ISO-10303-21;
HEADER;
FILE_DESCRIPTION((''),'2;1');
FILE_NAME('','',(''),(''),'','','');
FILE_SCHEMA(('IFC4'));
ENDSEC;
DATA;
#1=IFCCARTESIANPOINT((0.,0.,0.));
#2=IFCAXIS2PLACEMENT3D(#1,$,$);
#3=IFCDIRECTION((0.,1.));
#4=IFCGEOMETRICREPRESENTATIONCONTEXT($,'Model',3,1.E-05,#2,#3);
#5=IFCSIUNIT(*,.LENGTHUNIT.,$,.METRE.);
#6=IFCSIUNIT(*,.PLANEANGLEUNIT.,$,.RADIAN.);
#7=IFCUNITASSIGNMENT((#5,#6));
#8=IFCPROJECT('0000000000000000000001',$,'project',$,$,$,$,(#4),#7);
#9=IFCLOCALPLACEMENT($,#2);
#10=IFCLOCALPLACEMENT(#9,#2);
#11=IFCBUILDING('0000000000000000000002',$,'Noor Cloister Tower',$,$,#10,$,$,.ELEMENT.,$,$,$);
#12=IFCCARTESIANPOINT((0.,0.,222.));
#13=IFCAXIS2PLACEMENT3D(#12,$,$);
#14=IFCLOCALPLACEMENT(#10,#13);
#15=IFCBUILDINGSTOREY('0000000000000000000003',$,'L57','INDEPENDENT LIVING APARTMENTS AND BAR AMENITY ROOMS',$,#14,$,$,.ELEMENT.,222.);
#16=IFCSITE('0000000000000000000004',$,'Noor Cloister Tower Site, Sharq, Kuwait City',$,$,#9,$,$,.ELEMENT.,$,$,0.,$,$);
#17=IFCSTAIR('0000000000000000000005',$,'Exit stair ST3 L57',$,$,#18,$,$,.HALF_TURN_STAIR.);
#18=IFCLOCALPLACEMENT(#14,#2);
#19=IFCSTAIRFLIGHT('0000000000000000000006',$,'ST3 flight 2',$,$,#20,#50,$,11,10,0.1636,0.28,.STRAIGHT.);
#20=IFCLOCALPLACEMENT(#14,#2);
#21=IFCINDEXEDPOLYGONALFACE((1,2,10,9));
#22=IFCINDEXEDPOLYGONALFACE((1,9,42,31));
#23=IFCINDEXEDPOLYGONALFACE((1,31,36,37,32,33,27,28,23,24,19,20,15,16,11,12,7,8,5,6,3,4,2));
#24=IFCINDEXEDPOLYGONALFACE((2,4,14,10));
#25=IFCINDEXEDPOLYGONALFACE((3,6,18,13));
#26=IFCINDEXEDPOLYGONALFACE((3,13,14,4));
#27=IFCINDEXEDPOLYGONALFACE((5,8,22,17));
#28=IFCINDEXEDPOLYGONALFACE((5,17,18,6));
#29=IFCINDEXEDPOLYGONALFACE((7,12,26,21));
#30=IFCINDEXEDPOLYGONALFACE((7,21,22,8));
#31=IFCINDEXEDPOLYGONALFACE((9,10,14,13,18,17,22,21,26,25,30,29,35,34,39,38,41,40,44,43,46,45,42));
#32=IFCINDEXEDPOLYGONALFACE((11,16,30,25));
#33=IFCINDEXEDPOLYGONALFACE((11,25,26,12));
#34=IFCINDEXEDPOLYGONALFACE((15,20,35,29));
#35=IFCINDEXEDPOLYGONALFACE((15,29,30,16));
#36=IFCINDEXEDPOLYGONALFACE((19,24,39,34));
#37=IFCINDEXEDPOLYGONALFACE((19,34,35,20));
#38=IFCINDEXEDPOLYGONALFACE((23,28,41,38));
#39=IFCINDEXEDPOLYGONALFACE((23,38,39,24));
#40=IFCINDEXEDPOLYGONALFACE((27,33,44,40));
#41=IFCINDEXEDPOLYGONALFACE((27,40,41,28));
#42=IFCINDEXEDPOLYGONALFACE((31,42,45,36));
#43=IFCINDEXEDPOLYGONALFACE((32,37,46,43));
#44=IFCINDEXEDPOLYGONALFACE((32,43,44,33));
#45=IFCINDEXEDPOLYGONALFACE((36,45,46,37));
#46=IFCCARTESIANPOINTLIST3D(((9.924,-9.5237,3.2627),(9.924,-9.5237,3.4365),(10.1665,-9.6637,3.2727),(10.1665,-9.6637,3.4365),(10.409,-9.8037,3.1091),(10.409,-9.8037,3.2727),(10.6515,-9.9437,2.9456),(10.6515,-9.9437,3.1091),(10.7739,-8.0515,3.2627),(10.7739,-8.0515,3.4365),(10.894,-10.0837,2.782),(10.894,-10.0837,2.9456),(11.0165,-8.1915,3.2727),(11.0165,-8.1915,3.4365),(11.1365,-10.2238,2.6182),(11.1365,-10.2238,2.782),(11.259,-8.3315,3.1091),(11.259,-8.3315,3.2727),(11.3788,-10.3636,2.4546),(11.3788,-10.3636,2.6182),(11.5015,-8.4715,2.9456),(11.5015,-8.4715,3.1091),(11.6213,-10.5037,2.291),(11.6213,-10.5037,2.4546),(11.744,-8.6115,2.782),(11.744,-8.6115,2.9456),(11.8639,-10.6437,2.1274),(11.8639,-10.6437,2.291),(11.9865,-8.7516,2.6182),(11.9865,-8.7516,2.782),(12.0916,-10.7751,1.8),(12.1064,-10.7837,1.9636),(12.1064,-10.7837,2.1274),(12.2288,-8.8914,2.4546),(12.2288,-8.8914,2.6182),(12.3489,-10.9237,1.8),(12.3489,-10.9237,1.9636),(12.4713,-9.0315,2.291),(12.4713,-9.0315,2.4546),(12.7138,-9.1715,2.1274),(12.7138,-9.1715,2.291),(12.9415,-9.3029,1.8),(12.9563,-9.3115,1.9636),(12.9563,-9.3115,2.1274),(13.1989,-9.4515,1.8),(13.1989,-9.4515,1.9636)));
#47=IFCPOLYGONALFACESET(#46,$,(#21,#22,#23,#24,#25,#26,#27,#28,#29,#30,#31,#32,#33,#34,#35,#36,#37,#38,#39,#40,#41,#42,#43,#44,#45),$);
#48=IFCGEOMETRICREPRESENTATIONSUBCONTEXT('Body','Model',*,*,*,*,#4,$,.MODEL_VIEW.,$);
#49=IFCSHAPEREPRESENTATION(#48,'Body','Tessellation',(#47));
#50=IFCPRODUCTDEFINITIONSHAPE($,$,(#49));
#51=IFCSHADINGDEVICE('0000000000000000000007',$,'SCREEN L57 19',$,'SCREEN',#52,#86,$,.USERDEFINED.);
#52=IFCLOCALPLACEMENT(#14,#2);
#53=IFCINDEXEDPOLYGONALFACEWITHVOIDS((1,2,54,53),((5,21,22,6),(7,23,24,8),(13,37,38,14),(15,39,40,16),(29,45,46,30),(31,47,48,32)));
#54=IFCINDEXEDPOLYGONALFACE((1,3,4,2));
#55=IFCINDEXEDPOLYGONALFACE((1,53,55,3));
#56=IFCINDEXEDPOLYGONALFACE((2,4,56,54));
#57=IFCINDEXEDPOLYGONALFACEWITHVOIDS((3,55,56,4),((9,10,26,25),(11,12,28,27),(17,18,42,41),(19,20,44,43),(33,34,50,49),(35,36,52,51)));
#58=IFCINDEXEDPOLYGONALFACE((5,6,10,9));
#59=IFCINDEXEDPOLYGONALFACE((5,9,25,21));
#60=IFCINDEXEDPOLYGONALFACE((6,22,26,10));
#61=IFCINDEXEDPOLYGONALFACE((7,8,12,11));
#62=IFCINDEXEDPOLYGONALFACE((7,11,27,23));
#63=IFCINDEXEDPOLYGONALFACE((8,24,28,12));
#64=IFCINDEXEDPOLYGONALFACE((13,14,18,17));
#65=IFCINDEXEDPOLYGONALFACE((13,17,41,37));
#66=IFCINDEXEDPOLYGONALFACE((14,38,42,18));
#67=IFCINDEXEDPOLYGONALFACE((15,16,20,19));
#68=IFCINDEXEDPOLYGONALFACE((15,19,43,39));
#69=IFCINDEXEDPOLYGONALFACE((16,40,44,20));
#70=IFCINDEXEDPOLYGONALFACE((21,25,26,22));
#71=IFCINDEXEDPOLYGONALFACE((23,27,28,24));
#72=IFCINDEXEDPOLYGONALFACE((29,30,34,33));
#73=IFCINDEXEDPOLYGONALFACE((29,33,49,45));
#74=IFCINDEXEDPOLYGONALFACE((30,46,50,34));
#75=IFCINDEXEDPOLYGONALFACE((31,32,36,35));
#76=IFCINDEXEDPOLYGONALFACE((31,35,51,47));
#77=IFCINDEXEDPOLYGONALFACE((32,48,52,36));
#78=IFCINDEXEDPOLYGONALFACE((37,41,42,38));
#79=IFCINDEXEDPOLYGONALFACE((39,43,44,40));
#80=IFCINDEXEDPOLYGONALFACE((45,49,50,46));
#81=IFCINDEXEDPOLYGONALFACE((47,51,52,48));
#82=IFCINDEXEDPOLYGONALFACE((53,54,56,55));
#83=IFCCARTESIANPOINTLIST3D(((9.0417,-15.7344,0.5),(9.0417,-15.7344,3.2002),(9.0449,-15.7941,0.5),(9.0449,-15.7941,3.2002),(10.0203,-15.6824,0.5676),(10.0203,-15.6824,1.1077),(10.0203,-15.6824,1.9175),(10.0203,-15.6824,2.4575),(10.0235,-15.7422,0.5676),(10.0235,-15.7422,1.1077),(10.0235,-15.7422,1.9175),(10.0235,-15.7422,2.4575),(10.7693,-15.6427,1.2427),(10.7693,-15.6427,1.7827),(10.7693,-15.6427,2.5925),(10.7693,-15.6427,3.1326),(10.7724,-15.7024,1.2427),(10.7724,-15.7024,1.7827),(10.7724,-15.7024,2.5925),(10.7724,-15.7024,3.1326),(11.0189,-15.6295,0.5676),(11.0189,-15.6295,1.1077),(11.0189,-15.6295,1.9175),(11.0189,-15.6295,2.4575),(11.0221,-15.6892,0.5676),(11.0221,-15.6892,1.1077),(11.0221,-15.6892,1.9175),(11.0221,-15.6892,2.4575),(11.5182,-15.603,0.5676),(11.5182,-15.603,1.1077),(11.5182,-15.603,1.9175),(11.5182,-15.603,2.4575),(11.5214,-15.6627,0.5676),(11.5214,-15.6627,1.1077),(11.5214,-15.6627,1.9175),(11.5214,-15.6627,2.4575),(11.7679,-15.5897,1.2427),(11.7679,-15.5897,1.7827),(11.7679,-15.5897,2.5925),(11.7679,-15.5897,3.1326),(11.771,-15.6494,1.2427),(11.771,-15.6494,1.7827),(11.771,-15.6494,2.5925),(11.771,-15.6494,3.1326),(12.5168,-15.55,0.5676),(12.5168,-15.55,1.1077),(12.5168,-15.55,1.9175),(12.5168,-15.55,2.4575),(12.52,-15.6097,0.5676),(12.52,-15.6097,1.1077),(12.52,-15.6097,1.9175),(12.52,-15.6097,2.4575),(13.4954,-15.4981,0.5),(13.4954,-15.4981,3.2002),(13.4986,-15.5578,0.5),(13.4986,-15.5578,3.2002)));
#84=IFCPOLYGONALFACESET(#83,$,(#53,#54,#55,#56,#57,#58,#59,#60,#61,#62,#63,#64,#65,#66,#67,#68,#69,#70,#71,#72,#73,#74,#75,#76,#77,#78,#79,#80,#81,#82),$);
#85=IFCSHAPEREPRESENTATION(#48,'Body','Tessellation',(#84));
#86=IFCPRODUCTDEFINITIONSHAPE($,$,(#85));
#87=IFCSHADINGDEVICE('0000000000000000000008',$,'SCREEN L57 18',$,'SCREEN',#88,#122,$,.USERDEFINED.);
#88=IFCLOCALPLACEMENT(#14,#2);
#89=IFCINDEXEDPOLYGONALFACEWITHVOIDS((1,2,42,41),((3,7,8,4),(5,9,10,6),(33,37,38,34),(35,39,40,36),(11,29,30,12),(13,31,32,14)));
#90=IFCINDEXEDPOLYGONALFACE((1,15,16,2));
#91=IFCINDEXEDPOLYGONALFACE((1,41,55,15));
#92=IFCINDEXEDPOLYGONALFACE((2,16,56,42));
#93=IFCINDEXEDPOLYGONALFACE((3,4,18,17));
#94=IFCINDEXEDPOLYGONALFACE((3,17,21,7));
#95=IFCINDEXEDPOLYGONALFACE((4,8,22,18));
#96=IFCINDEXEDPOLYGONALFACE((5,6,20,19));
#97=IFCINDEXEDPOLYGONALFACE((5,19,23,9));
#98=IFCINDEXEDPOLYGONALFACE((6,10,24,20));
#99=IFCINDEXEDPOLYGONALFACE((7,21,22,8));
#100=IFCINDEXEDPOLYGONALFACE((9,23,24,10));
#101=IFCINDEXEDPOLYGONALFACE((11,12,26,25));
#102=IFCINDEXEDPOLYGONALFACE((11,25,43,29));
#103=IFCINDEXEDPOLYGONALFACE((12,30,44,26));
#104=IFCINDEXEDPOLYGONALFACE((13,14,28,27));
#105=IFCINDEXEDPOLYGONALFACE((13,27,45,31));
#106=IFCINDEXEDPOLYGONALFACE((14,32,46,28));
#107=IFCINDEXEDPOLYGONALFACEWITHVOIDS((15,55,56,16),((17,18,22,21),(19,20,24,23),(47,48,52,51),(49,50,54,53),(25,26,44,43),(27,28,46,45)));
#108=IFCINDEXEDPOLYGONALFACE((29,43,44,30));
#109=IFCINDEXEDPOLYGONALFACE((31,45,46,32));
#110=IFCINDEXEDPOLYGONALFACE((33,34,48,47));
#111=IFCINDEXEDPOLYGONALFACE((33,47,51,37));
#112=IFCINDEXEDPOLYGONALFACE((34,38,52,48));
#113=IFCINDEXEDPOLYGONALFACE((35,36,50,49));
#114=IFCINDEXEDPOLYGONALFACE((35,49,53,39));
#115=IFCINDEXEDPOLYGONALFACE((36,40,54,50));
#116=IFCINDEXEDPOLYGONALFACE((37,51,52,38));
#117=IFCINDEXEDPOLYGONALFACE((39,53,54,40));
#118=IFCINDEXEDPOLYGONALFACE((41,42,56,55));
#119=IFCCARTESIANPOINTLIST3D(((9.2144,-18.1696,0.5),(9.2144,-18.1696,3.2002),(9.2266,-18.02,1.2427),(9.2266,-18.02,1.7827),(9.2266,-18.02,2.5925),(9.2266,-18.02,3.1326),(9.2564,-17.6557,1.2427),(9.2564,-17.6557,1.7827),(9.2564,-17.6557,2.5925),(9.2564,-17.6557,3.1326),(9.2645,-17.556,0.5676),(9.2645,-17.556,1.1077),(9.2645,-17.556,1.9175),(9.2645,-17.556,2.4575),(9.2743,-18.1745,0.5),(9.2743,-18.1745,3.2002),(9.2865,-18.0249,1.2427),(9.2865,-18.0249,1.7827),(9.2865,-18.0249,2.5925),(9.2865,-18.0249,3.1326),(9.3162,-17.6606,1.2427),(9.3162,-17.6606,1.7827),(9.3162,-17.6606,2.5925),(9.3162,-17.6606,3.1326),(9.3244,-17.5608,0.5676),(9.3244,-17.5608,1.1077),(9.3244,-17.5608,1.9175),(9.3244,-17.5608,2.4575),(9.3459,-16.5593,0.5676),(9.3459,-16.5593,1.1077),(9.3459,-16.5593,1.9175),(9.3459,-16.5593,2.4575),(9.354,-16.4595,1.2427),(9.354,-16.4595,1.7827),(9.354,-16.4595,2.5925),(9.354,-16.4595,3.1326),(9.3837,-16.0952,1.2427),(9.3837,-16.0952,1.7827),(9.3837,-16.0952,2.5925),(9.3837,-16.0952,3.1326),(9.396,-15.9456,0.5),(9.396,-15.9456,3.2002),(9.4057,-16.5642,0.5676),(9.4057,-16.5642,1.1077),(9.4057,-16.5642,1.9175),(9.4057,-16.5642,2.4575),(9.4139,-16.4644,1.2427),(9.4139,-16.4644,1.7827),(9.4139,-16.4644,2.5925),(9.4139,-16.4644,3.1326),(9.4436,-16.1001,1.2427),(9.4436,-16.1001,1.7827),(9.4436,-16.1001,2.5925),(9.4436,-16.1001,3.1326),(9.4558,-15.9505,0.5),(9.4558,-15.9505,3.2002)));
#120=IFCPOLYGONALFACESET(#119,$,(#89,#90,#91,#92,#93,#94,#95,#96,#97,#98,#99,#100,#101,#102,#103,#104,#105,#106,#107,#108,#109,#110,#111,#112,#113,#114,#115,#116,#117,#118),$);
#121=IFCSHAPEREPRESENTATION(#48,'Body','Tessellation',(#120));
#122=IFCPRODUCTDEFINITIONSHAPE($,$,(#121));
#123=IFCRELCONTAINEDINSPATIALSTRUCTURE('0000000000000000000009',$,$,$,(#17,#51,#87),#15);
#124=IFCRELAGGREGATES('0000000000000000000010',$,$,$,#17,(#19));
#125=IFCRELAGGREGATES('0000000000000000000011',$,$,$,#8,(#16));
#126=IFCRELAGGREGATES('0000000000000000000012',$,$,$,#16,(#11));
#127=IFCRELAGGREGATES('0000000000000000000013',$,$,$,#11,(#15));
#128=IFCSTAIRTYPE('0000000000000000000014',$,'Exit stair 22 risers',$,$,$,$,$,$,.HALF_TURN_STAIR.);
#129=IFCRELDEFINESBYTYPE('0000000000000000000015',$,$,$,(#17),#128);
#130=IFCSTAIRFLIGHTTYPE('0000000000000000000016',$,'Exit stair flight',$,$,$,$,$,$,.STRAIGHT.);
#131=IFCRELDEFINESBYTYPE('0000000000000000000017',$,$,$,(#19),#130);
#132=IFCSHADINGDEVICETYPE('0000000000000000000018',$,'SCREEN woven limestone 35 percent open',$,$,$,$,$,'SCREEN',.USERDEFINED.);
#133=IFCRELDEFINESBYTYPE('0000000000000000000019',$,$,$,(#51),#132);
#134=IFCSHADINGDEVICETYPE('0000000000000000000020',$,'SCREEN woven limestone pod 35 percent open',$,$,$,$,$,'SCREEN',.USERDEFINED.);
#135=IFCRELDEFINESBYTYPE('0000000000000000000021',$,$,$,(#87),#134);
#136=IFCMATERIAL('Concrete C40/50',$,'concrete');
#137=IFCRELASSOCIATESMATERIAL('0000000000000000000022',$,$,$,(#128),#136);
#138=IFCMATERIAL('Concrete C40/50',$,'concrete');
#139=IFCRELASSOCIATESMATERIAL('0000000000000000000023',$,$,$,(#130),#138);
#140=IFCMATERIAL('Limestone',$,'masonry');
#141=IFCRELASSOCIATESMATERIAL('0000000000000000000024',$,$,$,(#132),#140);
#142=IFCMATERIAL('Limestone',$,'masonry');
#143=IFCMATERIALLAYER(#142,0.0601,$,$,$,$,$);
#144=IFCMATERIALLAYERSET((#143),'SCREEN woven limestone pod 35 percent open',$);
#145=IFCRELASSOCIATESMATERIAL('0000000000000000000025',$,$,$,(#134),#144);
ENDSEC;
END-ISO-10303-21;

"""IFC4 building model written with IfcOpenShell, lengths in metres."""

from ifc_helpers import new_model, si_unit, direction, frame, origin, place, context, subcontext, project, spatial, polyline, outline, extrude, material, layer, layer_set, material_profile, profile_set, type_object, element, aggregate, save


model = new_model("IFC4")

# Units and contexts
model_context = context("Model", 3, precision=1e-05, world=origin(), true_north=direction((0.0, 1.0)))
body_context = subcontext(model_context, "Body", "Model", "MODEL_VIEW")
ifc_project = project(units=[si_unit("LENGTHUNIT", "METRE"), si_unit("PLANEANGLEUNIT", "RADIAN")], contexts=[model_context])

# Site, building, storey
site_placement = place(None, origin())
site = spatial("IfcSite", under=ifc_project, at=site_placement, Name="Noor Cloister Tower Site, Sharq, Kuwait City", CompositionType="ELEMENT", RefElevation=0.0)
building_placement = place(site_placement, origin())
building = spatial("IfcBuilding", under=site, at=building_placement, Name="Noor Cloister Tower", CompositionType="ELEMENT")
storey_placement = place(building_placement, frame((0.0, 0.0, 222.0)))
storey = spatial("IfcBuildingStorey", under=building, at=storey_placement, Name="L57", Description="INDEPENDENT LIVING APARTMENTS AND BAR AMENITY ROOMS", CompositionType="ELEMENT", Elevation=222.0)

# Stair, stair flight
ifc_material_1 = material(Name="Concrete C40/50", Category="concrete")
stair_type = type_object("IfcStairType", Name="Exit stair 22 risers", PredefinedType="HALF_TURN_STAIR", material=ifc_material_1)
stair_placement = place(storey_placement, origin())
stair = element("IfcStair", 1, at=stair_placement, inside=storey, type_object=stair_type, Name="Exit stair ST3 L57", PredefinedType="HALF_TURN_STAIR")
ifc_material_2 = material(Name="Concrete C40/50", Category="concrete")
stair_flight_type = type_object("IfcStairFlightType", Name="Exit stair flight", PredefinedType="STRAIGHT", material=ifc_material_2)
stair_flight_1_placement = place(storey_placement, frame((12.7739, -10.1875, 1.8), z_axis=(0.0, 0.0, 1.0), x_axis=(-0.866025, 0.5, 0.0)))
stair_flight_1 = element("IfcStairFlight", 2, at=stair_flight_1_placement, type_object=stair_flight_type, Name="ST3 flight 2", NumberOfRisers=11, NumberOfTreads=10, PredefinedType="STRAIGHT", RiserHeight=0.1636, TreadLength=0.28, context=body_context, shape_type="SweptSolid", body=[
    extrude(outline(polyline([(0.0, 0.0), (0.0, 0.1636), (0.28, 0.1636), (0.28, 0.3274), (0.5601, 0.3274), (0.5601, 0.491), (0.8401, 0.491), (0.8401, 0.6545), (1.1201, 0.6545), (1.1201, 0.8181), (1.3999, 0.8181), (1.3999, 0.9819), (1.6799, 0.9819), (1.6799, 1.1455), (1.96, 1.1455), (1.96, 1.3091), (2.24, 1.3091), (2.24, 1.4727), (2.52, 1.4727), (2.52, 1.6365), (2.8, 1.6365), (2.8, 1.8), (2.8, 1.4626), (0.2971, 0.0), (0.0, 0.0)])), frame((0.0, 0.8501, 0.0), z_axis=(0.0, -1.0, 0.0), x_axis=(1.0, 0.0, 0.0)), (0.0, 0.0, 1.0), 1.7),
])
aggregate(stair, [stair_flight_1])

# Shading devices
ifc_material_3 = material(Name="Limestone", Category="masonry")
ifc_material_profile_1 = material_profile(ifc_material_3, outline(polyline([(-2.23, -1.3501), (2.23, -1.3501), (2.23, 1.3501), (-2.23, 1.3501), (-2.23, -1.3501)]), holes=[polyline([(-1.25, -1.2825), (-0.25, -1.2825), (-0.25, -0.7424), (-1.25, -0.7424), (-1.25, -1.2825)]), polyline([(0.25, -1.2825), (1.25, -1.2825), (1.25, -0.7424), (0.25, -0.7424), (0.25, -1.2825)]), polyline([(-0.5, -0.6074), (0.5, -0.6074), (0.5, -0.0674), (-0.5, -0.0674), (-0.5, -0.6074)]), polyline([(-1.25, 0.0674), (-0.25, 0.0674), (-0.25, 0.6074), (-1.25, 0.6074), (-1.25, 0.0674)]), polyline([(0.25, 0.0674), (1.25, 0.0674), (1.25, 0.6074), (0.25, 0.6074), (0.25, 0.0674)]), polyline([(-0.5, 0.7424), (0.5, 0.7424), (0.5, 1.2825), (-0.5, 1.2825), (-0.5, 0.7424)])]), Name="Woven screen 35 percent open")
ifc_profile_set_1 = profile_set([ifc_material_profile_1], Name="Limestone")
shading_device_type_1 = type_object("IfcShadingDeviceType", Name="SCREEN woven limestone 35 percent open", ElementType="SCREEN", PredefinedType="USERDEFINED", material=ifc_profile_set_1)
shading_device_1_placement = place(storey_placement, frame((11.2686, -15.6162, 1.8501), z_axis=(0.052987, -0.998595, 0.0), x_axis=(0.998595, 0.052987, 0.0)))
element("IfcShadingDevice", 3, at=shading_device_1_placement, inside=storey, type_object=shading_device_type_1, Name="SCREEN L57 19", ObjectType="SCREEN", PredefinedType="USERDEFINED", context=body_context, shape_type="SweptSolid", body=[
    extrude(outline(polyline([(-2.23, -1.3501), (2.23, -1.3501), (2.23, 1.3501), (-2.23, 1.3501), (-2.23, -1.3501)]), holes=[polyline([(-1.25, -1.2825), (-0.25, -1.2825), (-0.25, -0.7424), (-1.25, -0.7424), (-1.25, -1.2825)]), polyline([(0.25, -1.2825), (1.25, -1.2825), (1.25, -0.7424), (0.25, -0.7424), (0.25, -1.2825)]), polyline([(-0.5, -0.6074), (0.5, -0.6074), (0.5, -0.0674), (-0.5, -0.0674), (-0.5, -0.6074)]), polyline([(-1.25, 0.0674), (-0.25, 0.0674), (-0.25, 0.6074), (-1.25, 0.6074), (-1.25, 0.0674)]), polyline([(0.25, 0.0674), (1.25, 0.0674), (1.25, 0.6074), (0.25, 0.6074), (0.25, 0.0674)]), polyline([(-0.5, 0.7424), (0.5, 0.7424), (0.5, 1.2825), (-0.5, 1.2825), (-0.5, 0.7424)])]), origin(), (0.0, 0.0, 1.0), 0.0598),
])
ifc_material_4 = material(Name="Limestone", Category="masonry")
ifc_layer_1 = layer(ifc_material_4, 0.0601)
ifc_layer_set_1 = layer_set([ifc_layer_1], Name="SCREEN woven limestone pod 35 percent open")
shading_device_type_2 = type_object("IfcShadingDeviceType", Name="SCREEN woven limestone pod 35 percent open", ElementType="SCREEN", PredefinedType="USERDEFINED", material=ifc_layer_set_1)
shading_device_2_placement = place(storey_placement, frame((9.3052, -17.0576, 1.8501), z_axis=(0.996685, -0.081362, 0.0), x_axis=(0.081362, 0.996685, 0.0)))
element("IfcShadingDevice", 4, at=shading_device_2_placement, inside=storey, type_object=shading_device_type_2, Name="SCREEN L57 18", ObjectType="SCREEN", PredefinedType="USERDEFINED", context=body_context, shape_type="SweptSolid", body=[
    extrude(outline(polyline([(-1.1157, -1.3501), (1.1157, -1.3501), (1.1157, 1.3501), (-1.1157, 1.3501), (-1.1157, -1.3501)]), holes=[polyline([(-0.5, -1.2825), (0.5, -1.2825), (0.5, -0.7424), (-0.5, -0.7424), (-0.5, -1.2825)]), polyline([(0.6001, -0.6074), (0.9656, -0.6074), (0.9656, -0.0674), (0.6001, -0.0674), (0.6001, -0.6074)]), polyline([(-0.9656, -0.6074), (-0.6001, -0.6074), (-0.6001, -0.0674), (-0.9656, -0.0674), (-0.9656, -0.6074)]), polyline([(-0.5, 0.0674), (0.5, 0.0674), (0.5, 0.6074), (-0.5, 0.6074), (-0.5, 0.0674)]), polyline([(0.6001, 0.7424), (0.9656, 0.7424), (0.9656, 1.2825), (0.6001, 1.2825), (0.6001, 0.7424)]), polyline([(-0.9656, 0.7424), (-0.6001, 0.7424), (-0.6001, 1.2825), (-0.9656, 1.2825), (-0.9656, 0.7424)])]), origin(), (0.0, 0.0, 1.0), 0.0601),
])

save(model, "model.ifc")
